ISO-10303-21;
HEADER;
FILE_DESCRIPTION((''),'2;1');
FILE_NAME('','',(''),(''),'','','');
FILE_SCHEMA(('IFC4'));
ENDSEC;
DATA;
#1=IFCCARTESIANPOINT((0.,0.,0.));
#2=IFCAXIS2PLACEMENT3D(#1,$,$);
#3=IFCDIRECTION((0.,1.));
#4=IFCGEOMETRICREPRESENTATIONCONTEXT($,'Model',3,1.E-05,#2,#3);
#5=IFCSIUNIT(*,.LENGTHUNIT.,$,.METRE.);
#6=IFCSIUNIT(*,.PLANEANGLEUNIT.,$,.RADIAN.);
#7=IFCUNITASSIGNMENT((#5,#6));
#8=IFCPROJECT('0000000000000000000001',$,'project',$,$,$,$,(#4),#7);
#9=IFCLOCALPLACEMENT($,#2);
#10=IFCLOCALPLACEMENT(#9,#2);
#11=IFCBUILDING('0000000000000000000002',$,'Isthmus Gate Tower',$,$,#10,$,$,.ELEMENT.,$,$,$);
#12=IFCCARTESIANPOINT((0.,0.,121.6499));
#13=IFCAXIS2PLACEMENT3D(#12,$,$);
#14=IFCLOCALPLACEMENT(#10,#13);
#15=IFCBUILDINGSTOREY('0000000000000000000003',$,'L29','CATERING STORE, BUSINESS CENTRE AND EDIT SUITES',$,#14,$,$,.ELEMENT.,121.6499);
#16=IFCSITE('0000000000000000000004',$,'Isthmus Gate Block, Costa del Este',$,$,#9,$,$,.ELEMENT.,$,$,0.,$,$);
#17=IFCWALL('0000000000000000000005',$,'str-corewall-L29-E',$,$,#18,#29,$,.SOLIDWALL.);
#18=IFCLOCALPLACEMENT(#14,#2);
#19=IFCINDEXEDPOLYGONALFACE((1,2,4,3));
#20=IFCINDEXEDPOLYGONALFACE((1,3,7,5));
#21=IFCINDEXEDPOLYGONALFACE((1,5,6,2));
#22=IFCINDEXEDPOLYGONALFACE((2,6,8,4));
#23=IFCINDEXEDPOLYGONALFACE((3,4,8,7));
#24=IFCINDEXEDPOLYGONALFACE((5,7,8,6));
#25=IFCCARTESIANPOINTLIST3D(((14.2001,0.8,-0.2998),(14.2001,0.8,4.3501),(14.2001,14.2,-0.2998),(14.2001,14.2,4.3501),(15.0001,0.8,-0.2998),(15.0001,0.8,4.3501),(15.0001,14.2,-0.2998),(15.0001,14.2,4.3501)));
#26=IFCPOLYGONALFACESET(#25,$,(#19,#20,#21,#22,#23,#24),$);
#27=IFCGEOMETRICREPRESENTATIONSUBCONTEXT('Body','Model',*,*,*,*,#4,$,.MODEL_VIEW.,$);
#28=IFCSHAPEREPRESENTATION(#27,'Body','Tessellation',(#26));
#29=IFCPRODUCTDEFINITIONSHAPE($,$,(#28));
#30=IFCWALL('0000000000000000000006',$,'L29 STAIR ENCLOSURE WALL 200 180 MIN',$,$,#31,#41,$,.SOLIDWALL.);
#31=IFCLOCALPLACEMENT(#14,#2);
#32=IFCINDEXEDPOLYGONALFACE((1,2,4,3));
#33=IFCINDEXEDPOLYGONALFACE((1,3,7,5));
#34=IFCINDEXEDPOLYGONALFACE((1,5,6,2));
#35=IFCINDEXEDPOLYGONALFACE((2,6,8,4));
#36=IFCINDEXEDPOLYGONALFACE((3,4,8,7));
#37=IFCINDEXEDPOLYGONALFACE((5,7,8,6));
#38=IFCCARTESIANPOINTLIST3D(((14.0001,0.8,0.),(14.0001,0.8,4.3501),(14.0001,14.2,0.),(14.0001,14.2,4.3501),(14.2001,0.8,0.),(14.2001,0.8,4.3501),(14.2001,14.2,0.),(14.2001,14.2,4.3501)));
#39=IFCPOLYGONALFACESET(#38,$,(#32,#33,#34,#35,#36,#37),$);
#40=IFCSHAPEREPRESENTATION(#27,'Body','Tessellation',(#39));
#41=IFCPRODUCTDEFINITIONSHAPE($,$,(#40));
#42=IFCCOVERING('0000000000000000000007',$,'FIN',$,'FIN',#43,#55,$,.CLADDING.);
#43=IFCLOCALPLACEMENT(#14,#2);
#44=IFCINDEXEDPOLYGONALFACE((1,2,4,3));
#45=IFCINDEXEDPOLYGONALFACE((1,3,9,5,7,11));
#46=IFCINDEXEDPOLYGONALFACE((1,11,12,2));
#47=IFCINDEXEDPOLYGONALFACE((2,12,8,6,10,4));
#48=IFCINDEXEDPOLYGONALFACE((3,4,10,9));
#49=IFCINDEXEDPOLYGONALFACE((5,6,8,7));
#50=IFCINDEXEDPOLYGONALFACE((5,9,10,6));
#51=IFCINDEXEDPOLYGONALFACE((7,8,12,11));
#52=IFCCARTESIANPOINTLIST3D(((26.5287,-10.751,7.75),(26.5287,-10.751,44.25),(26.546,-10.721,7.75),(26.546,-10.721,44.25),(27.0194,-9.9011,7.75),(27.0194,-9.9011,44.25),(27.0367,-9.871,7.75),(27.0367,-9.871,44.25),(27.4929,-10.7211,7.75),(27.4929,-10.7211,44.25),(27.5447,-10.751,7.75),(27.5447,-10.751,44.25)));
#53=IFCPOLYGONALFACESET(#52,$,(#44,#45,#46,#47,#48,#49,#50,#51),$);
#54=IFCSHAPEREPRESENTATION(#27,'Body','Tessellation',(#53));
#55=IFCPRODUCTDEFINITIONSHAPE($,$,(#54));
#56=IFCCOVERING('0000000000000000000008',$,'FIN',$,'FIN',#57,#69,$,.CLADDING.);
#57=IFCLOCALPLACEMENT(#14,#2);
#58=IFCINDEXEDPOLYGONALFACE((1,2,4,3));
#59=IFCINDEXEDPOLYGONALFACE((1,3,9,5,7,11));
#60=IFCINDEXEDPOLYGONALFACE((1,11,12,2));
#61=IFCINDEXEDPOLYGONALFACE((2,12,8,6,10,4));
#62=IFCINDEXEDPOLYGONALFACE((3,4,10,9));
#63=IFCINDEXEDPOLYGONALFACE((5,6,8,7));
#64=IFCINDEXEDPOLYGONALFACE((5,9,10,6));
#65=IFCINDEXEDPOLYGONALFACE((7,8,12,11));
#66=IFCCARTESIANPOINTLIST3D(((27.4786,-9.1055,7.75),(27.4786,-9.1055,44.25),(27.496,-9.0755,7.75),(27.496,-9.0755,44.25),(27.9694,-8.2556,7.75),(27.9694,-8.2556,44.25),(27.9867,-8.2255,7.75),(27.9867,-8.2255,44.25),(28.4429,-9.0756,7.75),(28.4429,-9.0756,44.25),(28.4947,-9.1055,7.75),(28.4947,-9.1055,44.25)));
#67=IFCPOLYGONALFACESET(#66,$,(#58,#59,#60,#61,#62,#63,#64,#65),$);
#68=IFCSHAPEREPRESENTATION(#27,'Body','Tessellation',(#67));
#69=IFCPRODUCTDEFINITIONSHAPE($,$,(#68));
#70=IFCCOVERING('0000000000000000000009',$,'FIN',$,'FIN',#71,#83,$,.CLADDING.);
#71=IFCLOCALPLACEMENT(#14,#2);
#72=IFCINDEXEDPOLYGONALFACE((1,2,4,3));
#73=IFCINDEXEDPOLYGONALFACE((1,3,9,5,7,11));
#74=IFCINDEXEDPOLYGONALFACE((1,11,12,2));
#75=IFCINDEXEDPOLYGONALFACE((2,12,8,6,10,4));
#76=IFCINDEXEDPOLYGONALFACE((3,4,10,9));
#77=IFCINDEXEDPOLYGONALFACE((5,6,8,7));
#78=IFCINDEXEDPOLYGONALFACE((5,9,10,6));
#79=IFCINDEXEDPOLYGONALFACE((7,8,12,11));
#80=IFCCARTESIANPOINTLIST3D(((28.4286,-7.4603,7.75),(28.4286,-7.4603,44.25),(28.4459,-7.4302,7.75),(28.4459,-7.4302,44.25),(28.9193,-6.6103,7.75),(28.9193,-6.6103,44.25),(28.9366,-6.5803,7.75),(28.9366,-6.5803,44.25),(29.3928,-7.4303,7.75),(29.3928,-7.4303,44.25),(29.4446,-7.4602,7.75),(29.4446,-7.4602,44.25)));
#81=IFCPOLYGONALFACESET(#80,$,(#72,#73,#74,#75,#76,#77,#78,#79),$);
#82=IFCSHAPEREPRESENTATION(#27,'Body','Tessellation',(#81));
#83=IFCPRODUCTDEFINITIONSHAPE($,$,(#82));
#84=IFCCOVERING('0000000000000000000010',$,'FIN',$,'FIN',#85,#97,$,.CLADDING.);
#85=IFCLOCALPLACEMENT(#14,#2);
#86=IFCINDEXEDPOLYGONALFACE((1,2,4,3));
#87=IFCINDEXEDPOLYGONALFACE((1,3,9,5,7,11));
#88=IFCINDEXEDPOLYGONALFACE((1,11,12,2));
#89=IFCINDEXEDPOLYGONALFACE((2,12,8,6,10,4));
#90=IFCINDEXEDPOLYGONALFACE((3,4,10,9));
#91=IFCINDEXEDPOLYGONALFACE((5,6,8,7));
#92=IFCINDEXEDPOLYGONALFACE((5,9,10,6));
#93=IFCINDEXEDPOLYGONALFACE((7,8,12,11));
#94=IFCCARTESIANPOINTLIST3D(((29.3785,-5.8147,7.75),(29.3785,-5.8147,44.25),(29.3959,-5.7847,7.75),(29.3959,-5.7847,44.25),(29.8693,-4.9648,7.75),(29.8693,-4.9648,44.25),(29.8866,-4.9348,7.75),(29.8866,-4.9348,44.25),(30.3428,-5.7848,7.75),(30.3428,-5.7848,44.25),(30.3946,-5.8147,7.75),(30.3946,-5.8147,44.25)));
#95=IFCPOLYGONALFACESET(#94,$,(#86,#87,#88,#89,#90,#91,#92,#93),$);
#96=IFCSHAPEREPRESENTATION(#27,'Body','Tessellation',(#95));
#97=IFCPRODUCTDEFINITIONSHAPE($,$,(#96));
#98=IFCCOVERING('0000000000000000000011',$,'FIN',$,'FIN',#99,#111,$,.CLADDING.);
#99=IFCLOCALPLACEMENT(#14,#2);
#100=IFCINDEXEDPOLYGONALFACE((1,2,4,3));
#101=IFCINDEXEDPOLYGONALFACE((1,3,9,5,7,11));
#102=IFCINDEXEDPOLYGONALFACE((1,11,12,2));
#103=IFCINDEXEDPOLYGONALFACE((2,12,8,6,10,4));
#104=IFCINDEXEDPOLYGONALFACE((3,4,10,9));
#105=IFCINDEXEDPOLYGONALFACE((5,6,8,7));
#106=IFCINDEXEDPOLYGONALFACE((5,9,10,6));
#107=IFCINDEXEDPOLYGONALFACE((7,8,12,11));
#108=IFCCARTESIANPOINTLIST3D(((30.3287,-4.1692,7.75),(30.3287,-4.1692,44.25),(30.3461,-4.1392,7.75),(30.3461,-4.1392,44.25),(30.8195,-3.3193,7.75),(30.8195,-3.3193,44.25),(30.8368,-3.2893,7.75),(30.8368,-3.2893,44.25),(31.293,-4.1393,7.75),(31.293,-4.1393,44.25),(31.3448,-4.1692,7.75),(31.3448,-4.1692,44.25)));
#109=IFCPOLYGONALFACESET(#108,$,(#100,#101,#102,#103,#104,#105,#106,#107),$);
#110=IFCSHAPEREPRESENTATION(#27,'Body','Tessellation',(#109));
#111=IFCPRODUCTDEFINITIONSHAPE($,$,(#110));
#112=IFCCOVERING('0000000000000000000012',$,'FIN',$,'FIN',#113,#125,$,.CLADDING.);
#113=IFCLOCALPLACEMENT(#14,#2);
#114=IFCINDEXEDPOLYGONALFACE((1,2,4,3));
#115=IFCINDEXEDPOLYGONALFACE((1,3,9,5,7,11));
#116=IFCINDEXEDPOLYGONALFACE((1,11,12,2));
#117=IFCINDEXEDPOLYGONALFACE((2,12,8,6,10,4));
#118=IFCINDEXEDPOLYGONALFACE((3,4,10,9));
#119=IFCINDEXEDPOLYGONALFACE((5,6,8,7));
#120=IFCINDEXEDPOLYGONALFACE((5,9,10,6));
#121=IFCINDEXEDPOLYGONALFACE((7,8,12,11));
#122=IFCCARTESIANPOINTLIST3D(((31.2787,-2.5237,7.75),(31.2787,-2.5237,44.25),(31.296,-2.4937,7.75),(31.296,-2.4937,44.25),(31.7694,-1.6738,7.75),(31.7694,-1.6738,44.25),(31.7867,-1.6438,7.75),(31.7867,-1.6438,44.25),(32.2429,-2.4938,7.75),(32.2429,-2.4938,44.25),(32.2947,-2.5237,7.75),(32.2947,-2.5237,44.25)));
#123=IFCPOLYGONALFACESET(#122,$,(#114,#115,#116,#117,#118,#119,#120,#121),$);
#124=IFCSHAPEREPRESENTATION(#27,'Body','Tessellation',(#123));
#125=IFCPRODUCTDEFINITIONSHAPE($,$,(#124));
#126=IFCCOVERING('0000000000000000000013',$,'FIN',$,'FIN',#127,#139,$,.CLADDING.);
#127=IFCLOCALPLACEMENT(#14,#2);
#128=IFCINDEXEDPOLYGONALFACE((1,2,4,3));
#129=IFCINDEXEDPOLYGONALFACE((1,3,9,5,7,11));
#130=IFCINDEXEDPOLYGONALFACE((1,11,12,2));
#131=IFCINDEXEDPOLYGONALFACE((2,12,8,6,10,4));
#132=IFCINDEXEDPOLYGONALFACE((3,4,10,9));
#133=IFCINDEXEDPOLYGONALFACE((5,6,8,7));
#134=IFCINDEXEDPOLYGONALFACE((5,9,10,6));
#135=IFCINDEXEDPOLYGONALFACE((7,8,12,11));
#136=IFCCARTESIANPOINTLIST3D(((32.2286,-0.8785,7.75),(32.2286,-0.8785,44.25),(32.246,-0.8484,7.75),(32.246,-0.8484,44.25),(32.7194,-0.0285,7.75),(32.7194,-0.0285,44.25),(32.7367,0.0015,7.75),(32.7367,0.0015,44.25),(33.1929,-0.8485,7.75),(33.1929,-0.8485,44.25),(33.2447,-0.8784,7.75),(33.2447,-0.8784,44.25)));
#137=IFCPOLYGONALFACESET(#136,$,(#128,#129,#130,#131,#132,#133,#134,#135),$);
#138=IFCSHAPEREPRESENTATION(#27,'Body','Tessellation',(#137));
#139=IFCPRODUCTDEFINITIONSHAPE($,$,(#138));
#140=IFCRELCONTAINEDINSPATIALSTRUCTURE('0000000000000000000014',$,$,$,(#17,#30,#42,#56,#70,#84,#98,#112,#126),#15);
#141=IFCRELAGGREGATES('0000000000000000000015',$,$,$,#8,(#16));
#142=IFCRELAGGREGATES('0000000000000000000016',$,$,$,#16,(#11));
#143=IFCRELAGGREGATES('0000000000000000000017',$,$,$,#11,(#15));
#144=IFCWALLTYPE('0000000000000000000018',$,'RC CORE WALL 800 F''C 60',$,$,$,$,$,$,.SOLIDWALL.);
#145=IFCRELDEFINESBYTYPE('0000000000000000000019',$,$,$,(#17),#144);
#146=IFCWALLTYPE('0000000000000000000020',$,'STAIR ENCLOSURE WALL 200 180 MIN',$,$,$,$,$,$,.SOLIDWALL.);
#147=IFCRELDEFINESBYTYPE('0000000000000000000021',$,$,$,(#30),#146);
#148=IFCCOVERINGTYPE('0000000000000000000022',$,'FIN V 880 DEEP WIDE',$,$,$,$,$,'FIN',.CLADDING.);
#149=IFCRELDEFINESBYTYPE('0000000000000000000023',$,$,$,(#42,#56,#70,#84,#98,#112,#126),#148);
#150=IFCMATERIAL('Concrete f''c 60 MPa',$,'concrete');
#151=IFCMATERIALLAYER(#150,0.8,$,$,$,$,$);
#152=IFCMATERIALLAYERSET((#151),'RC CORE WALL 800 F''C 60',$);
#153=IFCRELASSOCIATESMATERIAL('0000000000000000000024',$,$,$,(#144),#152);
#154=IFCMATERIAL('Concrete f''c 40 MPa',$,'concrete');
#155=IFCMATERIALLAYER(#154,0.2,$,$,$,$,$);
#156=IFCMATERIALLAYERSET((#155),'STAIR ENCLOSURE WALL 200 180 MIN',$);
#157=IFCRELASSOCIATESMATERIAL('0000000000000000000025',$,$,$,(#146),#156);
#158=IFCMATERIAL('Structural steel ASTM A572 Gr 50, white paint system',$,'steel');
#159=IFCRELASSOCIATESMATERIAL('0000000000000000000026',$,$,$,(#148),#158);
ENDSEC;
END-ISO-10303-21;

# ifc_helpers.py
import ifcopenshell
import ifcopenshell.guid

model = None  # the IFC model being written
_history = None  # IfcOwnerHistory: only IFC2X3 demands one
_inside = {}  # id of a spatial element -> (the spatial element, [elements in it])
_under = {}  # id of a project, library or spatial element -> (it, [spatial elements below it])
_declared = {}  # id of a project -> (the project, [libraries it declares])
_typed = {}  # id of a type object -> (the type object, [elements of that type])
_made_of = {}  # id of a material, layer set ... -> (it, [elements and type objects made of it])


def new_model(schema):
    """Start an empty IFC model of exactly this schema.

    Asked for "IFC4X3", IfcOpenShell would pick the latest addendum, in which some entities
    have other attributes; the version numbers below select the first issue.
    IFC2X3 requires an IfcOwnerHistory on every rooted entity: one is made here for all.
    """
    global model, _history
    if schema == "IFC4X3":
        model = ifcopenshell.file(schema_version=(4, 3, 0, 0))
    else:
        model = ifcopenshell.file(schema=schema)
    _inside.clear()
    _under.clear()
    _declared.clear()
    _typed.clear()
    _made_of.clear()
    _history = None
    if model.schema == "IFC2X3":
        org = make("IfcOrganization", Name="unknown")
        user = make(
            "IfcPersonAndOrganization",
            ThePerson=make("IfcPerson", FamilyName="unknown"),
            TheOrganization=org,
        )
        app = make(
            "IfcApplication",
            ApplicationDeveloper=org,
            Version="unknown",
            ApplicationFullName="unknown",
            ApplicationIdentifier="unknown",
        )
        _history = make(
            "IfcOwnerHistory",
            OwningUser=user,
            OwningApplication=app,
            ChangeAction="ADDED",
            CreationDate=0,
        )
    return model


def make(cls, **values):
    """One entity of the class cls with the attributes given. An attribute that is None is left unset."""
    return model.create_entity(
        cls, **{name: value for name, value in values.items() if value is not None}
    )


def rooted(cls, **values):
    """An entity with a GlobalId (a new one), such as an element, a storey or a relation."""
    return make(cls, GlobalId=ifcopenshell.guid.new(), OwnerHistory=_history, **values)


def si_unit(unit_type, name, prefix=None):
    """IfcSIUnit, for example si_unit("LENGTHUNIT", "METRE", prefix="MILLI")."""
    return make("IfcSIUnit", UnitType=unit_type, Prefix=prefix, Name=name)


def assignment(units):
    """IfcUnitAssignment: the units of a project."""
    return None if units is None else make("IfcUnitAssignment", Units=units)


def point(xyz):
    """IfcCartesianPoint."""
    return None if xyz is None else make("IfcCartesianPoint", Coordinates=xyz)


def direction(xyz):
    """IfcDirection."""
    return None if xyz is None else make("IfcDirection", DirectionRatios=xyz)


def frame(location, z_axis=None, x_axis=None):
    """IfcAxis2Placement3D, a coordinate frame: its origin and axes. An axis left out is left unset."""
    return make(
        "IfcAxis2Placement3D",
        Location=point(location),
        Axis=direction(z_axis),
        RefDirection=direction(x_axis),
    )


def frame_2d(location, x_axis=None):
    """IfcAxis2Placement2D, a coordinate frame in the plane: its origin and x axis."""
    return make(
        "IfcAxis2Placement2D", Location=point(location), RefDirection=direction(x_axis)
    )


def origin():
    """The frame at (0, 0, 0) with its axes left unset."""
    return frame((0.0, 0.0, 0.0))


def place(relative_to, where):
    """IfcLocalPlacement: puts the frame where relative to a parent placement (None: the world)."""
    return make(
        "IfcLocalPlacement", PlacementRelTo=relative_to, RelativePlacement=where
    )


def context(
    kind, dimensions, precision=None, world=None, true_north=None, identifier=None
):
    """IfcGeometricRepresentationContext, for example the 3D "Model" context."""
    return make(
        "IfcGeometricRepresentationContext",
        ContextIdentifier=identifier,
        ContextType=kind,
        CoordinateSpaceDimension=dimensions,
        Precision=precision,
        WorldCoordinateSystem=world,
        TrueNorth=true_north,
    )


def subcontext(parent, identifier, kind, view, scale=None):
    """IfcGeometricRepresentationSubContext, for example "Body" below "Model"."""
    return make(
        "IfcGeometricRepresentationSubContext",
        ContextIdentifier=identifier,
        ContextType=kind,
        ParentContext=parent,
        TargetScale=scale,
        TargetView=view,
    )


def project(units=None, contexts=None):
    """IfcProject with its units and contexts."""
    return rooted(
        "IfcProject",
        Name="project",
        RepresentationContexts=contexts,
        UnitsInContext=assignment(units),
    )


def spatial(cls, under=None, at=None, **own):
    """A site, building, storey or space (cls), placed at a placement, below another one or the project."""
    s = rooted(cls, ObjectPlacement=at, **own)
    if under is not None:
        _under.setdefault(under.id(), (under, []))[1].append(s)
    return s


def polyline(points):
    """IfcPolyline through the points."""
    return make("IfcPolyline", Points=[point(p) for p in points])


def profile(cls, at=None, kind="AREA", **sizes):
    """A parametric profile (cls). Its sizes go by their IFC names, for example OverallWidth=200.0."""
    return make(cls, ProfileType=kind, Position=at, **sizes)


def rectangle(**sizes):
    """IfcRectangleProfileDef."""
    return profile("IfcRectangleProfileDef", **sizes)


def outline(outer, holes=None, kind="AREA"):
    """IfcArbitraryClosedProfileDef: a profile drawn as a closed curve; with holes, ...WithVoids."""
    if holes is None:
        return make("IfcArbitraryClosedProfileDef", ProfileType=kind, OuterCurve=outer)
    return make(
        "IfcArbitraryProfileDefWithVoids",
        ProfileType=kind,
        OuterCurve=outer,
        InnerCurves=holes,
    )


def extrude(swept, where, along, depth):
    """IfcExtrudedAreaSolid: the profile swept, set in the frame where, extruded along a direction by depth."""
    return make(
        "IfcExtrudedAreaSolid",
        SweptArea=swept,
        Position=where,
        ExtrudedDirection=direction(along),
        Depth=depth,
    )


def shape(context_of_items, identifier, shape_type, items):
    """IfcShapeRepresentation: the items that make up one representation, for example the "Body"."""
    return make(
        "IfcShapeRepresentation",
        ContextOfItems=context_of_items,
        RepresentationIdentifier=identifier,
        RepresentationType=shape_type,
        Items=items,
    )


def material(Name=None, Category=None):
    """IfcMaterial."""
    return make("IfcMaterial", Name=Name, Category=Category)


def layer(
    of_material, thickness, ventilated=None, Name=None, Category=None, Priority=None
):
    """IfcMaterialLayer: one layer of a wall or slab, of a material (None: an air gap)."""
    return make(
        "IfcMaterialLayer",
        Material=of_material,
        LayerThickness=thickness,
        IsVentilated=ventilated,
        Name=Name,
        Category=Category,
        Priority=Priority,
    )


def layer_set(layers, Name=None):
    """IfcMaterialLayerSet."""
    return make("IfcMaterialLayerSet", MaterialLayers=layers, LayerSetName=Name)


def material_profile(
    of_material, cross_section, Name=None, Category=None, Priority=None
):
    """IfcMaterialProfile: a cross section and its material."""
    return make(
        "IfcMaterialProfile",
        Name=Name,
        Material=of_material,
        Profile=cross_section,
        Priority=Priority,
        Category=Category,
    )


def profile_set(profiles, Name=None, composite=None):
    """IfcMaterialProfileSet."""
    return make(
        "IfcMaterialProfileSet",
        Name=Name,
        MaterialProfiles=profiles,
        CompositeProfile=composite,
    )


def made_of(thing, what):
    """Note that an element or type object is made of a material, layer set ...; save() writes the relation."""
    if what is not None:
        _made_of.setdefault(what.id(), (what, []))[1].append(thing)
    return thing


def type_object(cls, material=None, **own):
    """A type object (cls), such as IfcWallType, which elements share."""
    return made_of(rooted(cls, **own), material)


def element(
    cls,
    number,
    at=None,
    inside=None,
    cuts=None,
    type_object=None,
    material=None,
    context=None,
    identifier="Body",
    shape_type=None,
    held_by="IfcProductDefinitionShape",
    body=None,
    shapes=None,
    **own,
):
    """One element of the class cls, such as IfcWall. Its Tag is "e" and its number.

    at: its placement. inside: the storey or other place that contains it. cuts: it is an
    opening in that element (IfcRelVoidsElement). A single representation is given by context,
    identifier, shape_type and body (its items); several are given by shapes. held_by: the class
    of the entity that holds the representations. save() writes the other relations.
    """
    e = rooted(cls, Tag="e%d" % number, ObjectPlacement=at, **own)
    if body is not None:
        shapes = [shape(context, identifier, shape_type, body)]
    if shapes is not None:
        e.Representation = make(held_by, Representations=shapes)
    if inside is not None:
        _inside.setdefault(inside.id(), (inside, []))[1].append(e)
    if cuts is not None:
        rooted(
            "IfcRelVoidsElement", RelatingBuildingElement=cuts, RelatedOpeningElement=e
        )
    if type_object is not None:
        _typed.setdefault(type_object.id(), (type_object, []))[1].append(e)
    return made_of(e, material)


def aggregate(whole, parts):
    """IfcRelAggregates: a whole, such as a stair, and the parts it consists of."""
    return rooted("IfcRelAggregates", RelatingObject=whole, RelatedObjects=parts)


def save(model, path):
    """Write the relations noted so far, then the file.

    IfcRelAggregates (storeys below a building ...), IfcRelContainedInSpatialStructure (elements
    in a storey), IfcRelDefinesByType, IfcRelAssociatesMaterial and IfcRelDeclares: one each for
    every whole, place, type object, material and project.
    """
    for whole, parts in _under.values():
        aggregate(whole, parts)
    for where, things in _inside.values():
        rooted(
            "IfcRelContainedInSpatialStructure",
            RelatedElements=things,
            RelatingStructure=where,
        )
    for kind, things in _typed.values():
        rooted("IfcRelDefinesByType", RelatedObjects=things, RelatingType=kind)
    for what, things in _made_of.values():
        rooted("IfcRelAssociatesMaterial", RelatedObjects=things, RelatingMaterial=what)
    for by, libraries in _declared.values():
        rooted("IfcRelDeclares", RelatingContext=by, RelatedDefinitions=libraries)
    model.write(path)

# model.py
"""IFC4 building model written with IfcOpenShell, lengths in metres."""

from ifc_helpers import new_model, si_unit, direction, frame, frame_2d, origin, place, context, subcontext, project, spatial, polyline, rectangle, outline, extrude, material, layer, layer_set, material_profile, profile_set, type_object, element, save


model = new_model("IFC4")

# Units and contexts
model_context = context("Model", 3, precision=1e-05, world=origin(), true_north=direction((0.0, 1.0)))
body_context = subcontext(model_context, "Body", "Model", "MODEL_VIEW")
ifc_project = project(units=[si_unit("LENGTHUNIT", "METRE"), si_unit("PLANEANGLEUNIT", "RADIAN")], contexts=[model_context])

# Site, building, storey
site_placement = place(None, origin())
site = spatial("IfcSite", under=ifc_project, at=site_placement, Name="Isthmus Gate Block, Costa del Este", CompositionType="ELEMENT", RefElevation=0.0)
building_placement = place(site_placement, origin())
building = spatial("IfcBuilding", under=site, at=building_placement, Name="Isthmus Gate Tower", CompositionType="ELEMENT")
storey_placement = place(building_placement, frame((0.0, 0.0, 121.6499)))
storey = spatial("IfcBuildingStorey", under=building, at=storey_placement, Name="L29", Description="CATERING STORE, BUSINESS CENTRE AND EDIT SUITES", CompositionType="ELEMENT", Elevation=121.6499)

# Walls
ifc_material_1 = material(Name="Concrete f'c 60 MPa", Category="concrete")
ifc_layer_1 = layer(ifc_material_1, 0.8)
ifc_layer_set_1 = layer_set([ifc_layer_1], Name="RC CORE WALL 800 F'C 60")
wall_type_1 = type_object("IfcWallType", Name="RC CORE WALL 800 F'C 60", PredefinedType="SOLIDWALL", material=ifc_layer_set_1)
wall_1_placement = place(storey_placement, frame((14.6001, 0.8, -0.2998), z_axis=(0.0, 0.0, 1.0), x_axis=(0.0, 1.0, 0.0)))
element("IfcWall", 1, at=wall_1_placement, inside=storey, type_object=wall_type_1, Name="str-corewall-L29-E", PredefinedType="SOLIDWALL", context=body_context, shape_type="SweptSolid", body=[
    extrude(rectangle(XDim=13.3999, YDim=0.8, at=frame_2d((6.7, 0.0))), origin(), (0.0, 0.0, 1.0), 4.6499),
])
ifc_material_2 = material(Name="Concrete f'c 40 MPa", Category="concrete")
ifc_layer_2 = layer(ifc_material_2, 0.2)
ifc_layer_set_2 = layer_set([ifc_layer_2], Name="STAIR ENCLOSURE WALL 200 180 MIN")
wall_type_2 = type_object("IfcWallType", Name="STAIR ENCLOSURE WALL 200 180 MIN", PredefinedType="SOLIDWALL", material=ifc_layer_set_2)
wall_2_placement = place(storey_placement, frame((14.1001, 0.8, 0.0), z_axis=(0.0, 0.0, 1.0), x_axis=(0.0, 1.0, 0.0)))
element("IfcWall", 2, at=wall_2_placement, inside=storey, type_object=wall_type_2, Name="L29 STAIR ENCLOSURE WALL 200 180 MIN", PredefinedType="SOLIDWALL", context=body_context, shape_type="SweptSolid", body=[
    extrude(rectangle(XDim=13.3999, YDim=0.2, at=frame_2d((6.7, 0.0))), origin(), (0.0, 0.0, 1.0), 4.3501),
])

# Coverings
ifc_material_3 = material(Name="Structural steel ASTM A572 Gr 50, white paint system", Category="steel")
ifc_material_profile_1 = material_profile(ifc_material_3, outline(polyline([(0.0, -0.5081), (0.8799, 0.0), (0.0, 0.5081), (0.0, 0.4734), (0.8201, 0.0), (0.0, -0.4734), (0.0, -0.5081)])), Name="V880W")
ifc_profile_set_1 = profile_set([ifc_material_profile_1], Name="Structural steel ASTM A572 Gr 50, white paint system")
covering_type = type_object("IfcCoveringType", Name="FIN V 880 DEEP WIDE", ElementType="FIN", PredefinedType="CLADDING", material=ifc_profile_set_1)
for number, where, z_axis, x_axis, name in (
    (3, (26.7827, -10.311, 7.75), (0.0, 0.0, 1.0), (0.866025, -0.5, 0.0), "FIN"),
    (4, (27.7327, -8.6655, 7.75), (0.0, 0.0, 1.0), (0.866025, -0.5, 0.0), "FIN"),
    (5, (28.6826, -7.0203, 7.75), (0.0, 0.0, 1.0), (0.866025, -0.5, 0.0), "FIN"),
    (6, (29.6326, -5.3748, 7.75), (0.0, 0.0, 1.0), (0.866025, -0.5, 0.0), "FIN"),
    (7, (30.5828, -3.7292, 7.75), (0.0, 0.0, 1.0), (0.866025, -0.5, 0.0), "FIN"),
    (8, (31.5327, -2.0837, 7.75), (0.0, 0.0, 1.0), (0.866025, -0.5, 0.0), "FIN"),
    (9, (32.4827, -0.4385, 7.75), (0.0, 0.0, 1.0), (0.866025, -0.5, 0.0), "FIN"),
):
    element("IfcCovering", number, at=place(storey_placement, frame(where, z_axis=z_axis, x_axis=x_axis)), inside=storey, type_object=covering_type, Name=name, ObjectType="FIN", PredefinedType="CLADDING", context=body_context, shape_type="SweptSolid", body=[
        extrude(outline(polyline([(0.0, -0.5081), (0.8799, 0.0), (0.0, 0.5081), (0.0, 0.4734), (0.8201, 0.0), (0.0, -0.4734), (0.0, -0.5081)])), origin(), (0.0, 0.0, 1.0), 36.5),
    ])

save(model, "model.ifc")
